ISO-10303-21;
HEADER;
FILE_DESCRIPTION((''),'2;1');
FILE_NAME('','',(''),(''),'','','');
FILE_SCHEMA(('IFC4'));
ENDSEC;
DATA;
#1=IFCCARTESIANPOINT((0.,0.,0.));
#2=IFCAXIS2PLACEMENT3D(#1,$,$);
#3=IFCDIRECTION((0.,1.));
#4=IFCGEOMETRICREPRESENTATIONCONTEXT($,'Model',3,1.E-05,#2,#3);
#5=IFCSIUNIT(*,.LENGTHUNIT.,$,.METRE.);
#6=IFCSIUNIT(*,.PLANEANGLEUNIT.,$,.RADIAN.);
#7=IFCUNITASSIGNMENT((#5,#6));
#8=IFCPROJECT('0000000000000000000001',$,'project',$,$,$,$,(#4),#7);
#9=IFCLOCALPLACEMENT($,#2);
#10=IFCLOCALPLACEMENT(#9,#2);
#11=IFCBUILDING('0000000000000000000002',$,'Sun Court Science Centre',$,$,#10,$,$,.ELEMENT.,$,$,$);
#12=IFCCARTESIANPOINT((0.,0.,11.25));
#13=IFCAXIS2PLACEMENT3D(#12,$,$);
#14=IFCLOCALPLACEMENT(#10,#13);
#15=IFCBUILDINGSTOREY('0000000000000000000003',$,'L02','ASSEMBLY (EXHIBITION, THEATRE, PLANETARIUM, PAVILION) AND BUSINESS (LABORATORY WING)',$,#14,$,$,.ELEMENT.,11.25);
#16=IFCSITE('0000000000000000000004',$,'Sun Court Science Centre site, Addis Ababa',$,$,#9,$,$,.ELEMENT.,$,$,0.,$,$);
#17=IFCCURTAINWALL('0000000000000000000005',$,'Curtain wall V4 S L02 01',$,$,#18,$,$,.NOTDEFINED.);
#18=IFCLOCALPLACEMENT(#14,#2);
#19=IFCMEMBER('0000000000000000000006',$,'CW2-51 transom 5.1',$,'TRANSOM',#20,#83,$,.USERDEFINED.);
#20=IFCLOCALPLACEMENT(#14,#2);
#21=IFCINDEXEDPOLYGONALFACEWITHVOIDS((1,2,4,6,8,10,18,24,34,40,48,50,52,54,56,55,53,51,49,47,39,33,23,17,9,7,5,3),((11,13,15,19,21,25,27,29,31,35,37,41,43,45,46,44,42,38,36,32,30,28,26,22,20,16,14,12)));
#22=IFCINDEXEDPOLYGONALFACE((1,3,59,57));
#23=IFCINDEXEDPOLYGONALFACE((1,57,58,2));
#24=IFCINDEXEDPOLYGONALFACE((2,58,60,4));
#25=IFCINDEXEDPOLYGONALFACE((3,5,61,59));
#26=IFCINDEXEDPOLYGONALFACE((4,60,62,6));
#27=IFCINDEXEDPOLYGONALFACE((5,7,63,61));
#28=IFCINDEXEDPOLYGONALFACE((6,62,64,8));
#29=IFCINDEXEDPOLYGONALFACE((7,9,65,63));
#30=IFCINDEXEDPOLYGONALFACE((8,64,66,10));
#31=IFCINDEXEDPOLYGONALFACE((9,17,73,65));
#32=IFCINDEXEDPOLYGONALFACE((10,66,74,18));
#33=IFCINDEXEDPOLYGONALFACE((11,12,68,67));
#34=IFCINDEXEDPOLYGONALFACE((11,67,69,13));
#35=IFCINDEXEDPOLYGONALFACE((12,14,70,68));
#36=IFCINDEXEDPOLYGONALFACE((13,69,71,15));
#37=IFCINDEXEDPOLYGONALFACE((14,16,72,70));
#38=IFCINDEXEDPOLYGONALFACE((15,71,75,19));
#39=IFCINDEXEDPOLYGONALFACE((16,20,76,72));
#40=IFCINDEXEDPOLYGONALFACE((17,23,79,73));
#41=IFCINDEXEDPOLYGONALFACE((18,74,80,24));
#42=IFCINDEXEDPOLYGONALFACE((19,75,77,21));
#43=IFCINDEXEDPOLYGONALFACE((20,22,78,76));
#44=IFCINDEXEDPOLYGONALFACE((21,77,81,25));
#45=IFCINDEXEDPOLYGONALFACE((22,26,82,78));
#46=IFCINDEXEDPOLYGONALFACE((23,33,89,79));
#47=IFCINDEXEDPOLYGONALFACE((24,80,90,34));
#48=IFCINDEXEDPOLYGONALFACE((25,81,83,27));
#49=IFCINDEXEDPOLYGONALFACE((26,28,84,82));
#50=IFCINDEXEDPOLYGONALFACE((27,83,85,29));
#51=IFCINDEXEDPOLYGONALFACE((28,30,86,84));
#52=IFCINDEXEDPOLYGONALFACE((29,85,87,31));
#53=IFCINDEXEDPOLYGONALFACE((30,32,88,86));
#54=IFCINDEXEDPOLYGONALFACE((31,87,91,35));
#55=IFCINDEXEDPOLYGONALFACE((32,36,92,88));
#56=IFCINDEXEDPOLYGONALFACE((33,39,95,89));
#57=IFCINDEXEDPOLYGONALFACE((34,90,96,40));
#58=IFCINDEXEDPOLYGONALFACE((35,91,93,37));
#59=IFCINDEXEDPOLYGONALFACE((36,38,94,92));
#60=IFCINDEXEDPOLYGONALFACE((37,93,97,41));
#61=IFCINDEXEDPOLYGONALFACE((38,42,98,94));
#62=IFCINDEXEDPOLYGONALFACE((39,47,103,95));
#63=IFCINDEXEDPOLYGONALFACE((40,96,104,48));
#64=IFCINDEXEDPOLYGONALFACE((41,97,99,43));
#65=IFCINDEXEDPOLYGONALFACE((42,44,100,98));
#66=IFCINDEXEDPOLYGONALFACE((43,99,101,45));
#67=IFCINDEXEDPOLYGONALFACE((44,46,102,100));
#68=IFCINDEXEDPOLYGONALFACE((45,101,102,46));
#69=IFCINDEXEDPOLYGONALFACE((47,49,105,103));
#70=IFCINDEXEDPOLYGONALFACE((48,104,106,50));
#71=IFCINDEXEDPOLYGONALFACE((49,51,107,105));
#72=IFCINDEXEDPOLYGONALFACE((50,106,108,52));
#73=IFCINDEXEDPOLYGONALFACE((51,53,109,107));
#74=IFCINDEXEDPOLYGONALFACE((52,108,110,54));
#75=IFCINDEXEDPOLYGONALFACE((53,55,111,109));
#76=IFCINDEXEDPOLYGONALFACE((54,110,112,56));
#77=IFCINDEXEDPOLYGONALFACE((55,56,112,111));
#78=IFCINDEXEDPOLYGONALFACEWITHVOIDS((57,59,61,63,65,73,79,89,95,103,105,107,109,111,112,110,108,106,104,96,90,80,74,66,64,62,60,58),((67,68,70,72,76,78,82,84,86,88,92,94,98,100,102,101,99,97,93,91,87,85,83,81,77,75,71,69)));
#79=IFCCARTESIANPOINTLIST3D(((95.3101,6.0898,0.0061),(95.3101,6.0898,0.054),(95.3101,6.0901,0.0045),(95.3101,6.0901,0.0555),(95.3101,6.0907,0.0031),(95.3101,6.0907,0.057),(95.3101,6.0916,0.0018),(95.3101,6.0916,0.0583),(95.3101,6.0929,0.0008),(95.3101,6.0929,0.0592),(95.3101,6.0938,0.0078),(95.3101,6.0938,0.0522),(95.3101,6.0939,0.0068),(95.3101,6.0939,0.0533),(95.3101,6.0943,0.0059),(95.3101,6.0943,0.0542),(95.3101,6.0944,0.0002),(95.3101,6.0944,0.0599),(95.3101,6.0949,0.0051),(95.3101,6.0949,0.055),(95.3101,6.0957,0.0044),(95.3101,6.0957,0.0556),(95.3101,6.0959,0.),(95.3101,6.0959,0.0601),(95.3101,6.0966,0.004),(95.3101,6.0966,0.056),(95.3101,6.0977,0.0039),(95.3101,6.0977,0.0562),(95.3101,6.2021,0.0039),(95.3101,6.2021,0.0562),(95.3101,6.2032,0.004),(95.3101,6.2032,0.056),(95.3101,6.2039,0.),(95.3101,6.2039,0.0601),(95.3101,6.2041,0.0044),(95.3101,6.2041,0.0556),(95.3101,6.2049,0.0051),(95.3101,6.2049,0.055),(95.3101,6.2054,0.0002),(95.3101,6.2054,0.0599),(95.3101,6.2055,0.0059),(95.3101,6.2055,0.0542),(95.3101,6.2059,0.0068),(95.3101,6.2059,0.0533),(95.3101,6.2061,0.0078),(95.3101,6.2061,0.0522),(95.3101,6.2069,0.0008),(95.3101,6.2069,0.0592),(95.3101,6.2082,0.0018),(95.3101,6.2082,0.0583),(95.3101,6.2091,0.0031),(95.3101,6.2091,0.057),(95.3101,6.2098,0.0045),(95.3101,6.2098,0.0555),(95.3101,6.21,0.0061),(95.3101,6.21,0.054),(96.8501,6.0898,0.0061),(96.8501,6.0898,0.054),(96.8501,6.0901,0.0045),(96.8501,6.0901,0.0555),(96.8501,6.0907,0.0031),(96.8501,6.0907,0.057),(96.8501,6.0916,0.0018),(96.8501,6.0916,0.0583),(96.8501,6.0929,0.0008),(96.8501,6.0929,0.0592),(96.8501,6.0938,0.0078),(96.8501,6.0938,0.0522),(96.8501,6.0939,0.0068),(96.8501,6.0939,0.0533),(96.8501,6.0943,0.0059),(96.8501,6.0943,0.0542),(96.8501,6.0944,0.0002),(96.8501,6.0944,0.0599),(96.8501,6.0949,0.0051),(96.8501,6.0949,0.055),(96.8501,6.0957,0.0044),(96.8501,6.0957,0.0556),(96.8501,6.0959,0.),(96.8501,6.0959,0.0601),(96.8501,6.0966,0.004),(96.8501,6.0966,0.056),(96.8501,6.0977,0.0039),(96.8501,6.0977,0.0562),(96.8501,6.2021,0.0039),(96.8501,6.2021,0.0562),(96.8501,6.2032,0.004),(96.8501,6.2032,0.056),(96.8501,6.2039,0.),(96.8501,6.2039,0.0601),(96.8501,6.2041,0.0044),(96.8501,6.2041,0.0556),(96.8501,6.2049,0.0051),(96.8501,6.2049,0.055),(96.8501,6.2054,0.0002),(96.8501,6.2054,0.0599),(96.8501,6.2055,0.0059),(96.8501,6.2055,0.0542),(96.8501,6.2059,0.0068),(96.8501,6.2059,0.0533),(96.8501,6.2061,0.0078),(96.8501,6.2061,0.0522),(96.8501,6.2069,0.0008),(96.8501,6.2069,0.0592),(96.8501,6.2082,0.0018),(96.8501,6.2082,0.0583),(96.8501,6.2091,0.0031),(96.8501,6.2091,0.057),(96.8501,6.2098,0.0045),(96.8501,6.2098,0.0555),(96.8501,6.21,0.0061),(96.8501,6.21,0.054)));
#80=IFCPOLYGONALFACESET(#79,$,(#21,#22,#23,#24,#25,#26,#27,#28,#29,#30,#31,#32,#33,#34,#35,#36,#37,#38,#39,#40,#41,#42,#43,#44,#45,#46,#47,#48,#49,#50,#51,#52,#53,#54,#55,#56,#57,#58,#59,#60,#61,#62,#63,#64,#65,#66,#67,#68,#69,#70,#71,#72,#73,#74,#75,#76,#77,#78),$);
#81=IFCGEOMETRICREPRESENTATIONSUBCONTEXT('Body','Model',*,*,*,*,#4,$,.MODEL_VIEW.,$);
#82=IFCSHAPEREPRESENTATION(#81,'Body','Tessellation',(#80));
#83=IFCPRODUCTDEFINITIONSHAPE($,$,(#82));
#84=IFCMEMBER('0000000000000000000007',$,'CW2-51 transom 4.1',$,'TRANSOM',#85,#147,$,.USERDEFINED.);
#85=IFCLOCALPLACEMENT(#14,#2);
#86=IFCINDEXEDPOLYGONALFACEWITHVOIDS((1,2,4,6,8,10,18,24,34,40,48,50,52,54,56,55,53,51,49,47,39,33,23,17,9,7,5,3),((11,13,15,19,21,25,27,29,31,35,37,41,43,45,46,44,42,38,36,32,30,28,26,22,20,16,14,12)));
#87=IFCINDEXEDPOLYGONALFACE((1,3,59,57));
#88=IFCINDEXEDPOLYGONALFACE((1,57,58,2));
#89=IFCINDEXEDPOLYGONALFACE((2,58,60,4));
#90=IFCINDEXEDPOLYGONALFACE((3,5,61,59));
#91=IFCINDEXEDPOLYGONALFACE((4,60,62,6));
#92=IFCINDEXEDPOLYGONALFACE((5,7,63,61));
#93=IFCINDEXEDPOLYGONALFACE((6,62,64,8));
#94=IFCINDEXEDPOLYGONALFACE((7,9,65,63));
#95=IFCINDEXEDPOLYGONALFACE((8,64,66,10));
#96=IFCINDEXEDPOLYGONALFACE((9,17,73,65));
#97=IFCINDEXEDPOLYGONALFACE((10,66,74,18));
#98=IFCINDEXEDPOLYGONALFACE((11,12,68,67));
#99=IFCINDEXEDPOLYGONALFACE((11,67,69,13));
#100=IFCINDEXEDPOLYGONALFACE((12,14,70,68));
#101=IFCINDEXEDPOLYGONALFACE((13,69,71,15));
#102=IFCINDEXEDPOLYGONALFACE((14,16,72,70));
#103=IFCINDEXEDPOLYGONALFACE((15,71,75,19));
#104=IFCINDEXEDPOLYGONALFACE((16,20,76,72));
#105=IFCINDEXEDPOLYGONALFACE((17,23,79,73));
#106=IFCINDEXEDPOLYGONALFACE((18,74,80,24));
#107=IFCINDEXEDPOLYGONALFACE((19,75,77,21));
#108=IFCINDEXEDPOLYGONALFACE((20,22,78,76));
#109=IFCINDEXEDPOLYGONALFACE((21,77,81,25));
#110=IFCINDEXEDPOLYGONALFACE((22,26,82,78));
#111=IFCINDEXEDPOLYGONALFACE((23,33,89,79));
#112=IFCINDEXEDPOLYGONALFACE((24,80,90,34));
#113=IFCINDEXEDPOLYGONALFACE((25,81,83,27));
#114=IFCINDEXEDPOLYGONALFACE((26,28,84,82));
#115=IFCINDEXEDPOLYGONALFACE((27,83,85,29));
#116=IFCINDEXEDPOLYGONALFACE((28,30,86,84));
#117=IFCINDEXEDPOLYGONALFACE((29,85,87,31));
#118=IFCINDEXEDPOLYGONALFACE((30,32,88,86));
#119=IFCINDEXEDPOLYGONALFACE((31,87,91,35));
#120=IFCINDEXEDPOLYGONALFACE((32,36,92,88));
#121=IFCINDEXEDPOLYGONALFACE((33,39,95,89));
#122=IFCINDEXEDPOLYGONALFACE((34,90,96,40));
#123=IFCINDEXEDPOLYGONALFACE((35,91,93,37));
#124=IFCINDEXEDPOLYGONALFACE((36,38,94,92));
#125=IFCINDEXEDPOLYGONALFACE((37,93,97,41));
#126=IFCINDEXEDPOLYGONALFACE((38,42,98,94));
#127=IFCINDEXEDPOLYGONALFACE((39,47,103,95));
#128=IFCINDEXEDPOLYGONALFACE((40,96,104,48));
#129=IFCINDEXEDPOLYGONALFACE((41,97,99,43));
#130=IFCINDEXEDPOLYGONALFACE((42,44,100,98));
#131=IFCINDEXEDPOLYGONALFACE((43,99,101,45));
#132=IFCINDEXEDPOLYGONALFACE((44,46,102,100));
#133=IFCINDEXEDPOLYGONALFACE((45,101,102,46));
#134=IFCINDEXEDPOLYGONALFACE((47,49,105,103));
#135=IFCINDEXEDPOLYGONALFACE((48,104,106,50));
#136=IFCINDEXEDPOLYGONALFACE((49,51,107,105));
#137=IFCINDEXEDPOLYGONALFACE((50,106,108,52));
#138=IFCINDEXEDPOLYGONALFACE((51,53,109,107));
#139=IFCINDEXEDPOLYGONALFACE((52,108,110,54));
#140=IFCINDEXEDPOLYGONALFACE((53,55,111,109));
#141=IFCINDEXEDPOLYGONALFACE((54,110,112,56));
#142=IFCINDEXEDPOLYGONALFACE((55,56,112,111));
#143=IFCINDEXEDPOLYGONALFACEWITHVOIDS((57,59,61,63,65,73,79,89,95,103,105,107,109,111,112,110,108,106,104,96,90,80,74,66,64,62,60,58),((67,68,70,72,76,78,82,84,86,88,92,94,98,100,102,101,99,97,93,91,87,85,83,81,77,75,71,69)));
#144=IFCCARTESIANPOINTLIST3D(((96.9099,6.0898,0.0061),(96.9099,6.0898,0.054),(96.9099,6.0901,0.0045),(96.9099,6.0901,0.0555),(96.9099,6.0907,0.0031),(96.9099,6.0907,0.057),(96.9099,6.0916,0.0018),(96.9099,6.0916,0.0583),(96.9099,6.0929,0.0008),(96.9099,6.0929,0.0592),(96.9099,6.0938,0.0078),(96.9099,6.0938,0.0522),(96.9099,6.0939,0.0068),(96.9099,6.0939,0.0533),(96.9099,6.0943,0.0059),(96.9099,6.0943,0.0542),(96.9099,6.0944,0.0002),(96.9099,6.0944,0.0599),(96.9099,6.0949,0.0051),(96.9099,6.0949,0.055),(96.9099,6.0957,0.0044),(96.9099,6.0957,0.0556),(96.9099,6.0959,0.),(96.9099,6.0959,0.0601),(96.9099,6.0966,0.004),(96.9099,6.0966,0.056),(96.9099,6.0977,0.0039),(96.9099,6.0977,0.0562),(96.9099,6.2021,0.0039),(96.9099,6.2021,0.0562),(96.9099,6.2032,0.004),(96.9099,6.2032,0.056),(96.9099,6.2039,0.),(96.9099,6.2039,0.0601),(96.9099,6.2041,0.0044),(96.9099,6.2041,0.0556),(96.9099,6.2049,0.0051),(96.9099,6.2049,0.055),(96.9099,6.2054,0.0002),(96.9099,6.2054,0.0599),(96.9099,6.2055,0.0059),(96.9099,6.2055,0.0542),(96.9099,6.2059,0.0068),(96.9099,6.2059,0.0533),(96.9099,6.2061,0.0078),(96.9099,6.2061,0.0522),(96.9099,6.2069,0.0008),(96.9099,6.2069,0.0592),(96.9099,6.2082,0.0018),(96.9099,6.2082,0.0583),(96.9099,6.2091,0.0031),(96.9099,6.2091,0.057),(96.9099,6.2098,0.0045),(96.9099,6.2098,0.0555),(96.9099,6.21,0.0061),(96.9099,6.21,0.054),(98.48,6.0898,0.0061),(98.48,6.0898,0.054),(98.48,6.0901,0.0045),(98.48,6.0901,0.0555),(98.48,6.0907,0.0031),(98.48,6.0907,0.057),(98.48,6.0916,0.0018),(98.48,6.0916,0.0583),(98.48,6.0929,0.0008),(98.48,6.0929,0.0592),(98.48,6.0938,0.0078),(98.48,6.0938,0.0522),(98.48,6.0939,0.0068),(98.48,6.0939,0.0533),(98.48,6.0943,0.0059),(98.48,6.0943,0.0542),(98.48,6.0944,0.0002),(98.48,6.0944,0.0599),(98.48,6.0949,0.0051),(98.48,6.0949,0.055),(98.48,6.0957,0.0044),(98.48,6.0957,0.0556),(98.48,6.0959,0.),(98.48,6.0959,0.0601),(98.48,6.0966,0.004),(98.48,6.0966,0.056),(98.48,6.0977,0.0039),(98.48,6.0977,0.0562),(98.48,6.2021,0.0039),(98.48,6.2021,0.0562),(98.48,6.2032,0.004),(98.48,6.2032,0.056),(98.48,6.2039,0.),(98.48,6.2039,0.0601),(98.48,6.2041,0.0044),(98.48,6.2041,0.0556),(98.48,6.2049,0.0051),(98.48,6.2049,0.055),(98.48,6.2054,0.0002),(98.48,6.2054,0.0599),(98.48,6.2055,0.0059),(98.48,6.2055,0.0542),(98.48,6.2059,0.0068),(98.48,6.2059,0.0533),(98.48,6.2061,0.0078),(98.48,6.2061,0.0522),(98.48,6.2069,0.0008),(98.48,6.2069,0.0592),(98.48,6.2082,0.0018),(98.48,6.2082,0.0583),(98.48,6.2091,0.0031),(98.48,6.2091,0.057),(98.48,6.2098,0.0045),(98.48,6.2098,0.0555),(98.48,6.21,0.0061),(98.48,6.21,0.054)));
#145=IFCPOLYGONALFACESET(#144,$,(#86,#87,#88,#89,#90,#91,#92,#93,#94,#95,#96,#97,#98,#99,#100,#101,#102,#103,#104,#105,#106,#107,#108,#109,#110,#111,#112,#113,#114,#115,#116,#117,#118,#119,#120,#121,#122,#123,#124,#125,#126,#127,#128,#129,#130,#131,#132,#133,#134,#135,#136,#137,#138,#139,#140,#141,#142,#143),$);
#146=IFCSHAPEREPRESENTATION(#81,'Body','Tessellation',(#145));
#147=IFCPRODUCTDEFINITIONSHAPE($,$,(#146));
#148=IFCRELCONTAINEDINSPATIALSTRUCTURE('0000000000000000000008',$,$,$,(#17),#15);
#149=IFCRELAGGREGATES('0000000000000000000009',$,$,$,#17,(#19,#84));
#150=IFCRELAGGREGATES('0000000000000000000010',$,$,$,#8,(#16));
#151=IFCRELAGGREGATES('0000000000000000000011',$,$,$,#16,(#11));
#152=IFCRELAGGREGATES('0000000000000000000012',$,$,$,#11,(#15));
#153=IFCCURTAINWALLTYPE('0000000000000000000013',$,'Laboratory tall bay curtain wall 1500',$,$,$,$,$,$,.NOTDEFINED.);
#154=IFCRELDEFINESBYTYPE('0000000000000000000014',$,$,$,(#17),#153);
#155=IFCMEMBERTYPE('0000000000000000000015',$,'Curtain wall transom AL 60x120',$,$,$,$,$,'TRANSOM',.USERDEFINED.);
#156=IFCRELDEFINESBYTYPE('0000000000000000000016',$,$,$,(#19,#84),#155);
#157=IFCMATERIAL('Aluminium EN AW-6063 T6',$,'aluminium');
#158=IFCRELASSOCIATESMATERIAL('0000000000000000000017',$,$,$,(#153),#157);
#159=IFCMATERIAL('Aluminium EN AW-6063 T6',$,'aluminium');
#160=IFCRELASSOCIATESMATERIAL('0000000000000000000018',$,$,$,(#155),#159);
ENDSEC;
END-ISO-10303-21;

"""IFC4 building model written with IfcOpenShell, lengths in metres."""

from ifc_helpers import new_model, si_unit, direction, frame, origin, origin_2d, place, context, subcontext, project, spatial, hollow_rectangle, extrude, material, material_profile, profile_set, type_object, element, aggregate, save


model = new_model("IFC4")

# Units and contexts
model_context = context("Model", 3, precision=1e-05, world=origin(), true_north=direction((0.0, 1.0)))
body_context = subcontext(model_context, "Body", "Model", "MODEL_VIEW")
ifc_project = project(units=[si_unit("LENGTHUNIT", "METRE"), si_unit("PLANEANGLEUNIT", "RADIAN")], contexts=[model_context])

# Site, building, storey
site_placement = place(None, origin())
site = spatial("IfcSite", under=ifc_project, at=site_placement, Name="Sun Court Science Centre site, Addis Ababa", CompositionType="ELEMENT", RefElevation=0.0)
building_placement = place(site_placement, origin())
building = spatial("IfcBuilding", under=site, at=building_placement, Name="Sun Court Science Centre", CompositionType="ELEMENT")
storey_placement = place(building_placement, frame((0.0, 0.0, 11.25)))
storey = spatial("IfcBuildingStorey", under=building, at=storey_placement, Name="L02", Description="ASSEMBLY (EXHIBITION, THEATRE, PLANETARIUM, PAVILION) AND BUSINESS (LABORATORY WING)", CompositionType="ELEMENT", Elevation=11.25)

# Curtain wall
ifc_material_1 = material(Name="Aluminium EN AW-6063 T6", Category="aluminium")
curtain_wall_type = type_object("IfcCurtainWallType", Name="Laboratory tall bay curtain wall 1500", PredefinedType="NOTDEFINED", material=ifc_material_1)
curtain_wall_1_placement = place(storey_placement, origin())
curtain_wall_1 = element("IfcCurtainWall", 1, at=curtain_wall_1_placement, inside=storey, type_object=curtain_wall_type, Name="Curtain wall V4 S L02 01", PredefinedType="NOTDEFINED")

# Members
ifc_material_2 = material(Name="Aluminium EN AW-6063 T6", Category="aluminium")
ifc_material_profile_1 = material_profile(ifc_material_2, hollow_rectangle(XDim=0.0601, YDim=0.1201, WallThickness=0.0039, InnerFilletRadius=0.0039, OuterFilletRadius=0.0061, at=origin_2d()), Name="AL 60x120x4")
ifc_profile_set_1 = profile_set([ifc_material_profile_1], Name="Aluminium EN AW-6063 T6")
member_type_1 = type_object("IfcMemberType", Name="Curtain wall transom AL 60x120", ElementType="TRANSOM", PredefinedType="USERDEFINED", material=ifc_profile_set_1)
member_1_placement = place(storey_placement, frame((96.8501, 6.1499, 0.03), z_axis=(-1.0, 0.0, 0.0), x_axis=(0.0, 0.0, 1.0)))
member_1 = element("IfcMember", 2, at=member_1_placement, type_object=member_type_1, Name="CW2-51 transom 5.1", ObjectType="TRANSOM", PredefinedType="USERDEFINED", context=body_context, shape_type="SweptSolid", body=[
    extrude(hollow_rectangle(XDim=0.0601, YDim=0.1201, WallThickness=0.0039, InnerFilletRadius=0.0039, OuterFilletRadius=0.0061, at=origin_2d()), origin(), (0.0, 0.0, 1.0), 1.54),
])
member_2_placement = place(storey_placement, frame((98.48, 6.1499, 0.03), z_axis=(-1.0, 0.0, 0.0), x_axis=(0.0, 0.0, 1.0)))
member_2 = element("IfcMember", 3, at=member_2_placement, type_object=member_type_1, Name="CW2-51 transom 4.1", ObjectType="TRANSOM", PredefinedType="USERDEFINED", context=body_context, shape_type="SweptSolid", body=[
    extrude(hollow_rectangle(XDim=0.0601, YDim=0.1201, WallThickness=0.0039, InnerFilletRadius=0.0039, OuterFilletRadius=0.0061, at=origin_2d()), origin(), (0.0, 0.0, 1.0), 1.5701),
])

aggregate(curtain_wall_1, [member_1, member_2])

save(model, "model.ifc")
